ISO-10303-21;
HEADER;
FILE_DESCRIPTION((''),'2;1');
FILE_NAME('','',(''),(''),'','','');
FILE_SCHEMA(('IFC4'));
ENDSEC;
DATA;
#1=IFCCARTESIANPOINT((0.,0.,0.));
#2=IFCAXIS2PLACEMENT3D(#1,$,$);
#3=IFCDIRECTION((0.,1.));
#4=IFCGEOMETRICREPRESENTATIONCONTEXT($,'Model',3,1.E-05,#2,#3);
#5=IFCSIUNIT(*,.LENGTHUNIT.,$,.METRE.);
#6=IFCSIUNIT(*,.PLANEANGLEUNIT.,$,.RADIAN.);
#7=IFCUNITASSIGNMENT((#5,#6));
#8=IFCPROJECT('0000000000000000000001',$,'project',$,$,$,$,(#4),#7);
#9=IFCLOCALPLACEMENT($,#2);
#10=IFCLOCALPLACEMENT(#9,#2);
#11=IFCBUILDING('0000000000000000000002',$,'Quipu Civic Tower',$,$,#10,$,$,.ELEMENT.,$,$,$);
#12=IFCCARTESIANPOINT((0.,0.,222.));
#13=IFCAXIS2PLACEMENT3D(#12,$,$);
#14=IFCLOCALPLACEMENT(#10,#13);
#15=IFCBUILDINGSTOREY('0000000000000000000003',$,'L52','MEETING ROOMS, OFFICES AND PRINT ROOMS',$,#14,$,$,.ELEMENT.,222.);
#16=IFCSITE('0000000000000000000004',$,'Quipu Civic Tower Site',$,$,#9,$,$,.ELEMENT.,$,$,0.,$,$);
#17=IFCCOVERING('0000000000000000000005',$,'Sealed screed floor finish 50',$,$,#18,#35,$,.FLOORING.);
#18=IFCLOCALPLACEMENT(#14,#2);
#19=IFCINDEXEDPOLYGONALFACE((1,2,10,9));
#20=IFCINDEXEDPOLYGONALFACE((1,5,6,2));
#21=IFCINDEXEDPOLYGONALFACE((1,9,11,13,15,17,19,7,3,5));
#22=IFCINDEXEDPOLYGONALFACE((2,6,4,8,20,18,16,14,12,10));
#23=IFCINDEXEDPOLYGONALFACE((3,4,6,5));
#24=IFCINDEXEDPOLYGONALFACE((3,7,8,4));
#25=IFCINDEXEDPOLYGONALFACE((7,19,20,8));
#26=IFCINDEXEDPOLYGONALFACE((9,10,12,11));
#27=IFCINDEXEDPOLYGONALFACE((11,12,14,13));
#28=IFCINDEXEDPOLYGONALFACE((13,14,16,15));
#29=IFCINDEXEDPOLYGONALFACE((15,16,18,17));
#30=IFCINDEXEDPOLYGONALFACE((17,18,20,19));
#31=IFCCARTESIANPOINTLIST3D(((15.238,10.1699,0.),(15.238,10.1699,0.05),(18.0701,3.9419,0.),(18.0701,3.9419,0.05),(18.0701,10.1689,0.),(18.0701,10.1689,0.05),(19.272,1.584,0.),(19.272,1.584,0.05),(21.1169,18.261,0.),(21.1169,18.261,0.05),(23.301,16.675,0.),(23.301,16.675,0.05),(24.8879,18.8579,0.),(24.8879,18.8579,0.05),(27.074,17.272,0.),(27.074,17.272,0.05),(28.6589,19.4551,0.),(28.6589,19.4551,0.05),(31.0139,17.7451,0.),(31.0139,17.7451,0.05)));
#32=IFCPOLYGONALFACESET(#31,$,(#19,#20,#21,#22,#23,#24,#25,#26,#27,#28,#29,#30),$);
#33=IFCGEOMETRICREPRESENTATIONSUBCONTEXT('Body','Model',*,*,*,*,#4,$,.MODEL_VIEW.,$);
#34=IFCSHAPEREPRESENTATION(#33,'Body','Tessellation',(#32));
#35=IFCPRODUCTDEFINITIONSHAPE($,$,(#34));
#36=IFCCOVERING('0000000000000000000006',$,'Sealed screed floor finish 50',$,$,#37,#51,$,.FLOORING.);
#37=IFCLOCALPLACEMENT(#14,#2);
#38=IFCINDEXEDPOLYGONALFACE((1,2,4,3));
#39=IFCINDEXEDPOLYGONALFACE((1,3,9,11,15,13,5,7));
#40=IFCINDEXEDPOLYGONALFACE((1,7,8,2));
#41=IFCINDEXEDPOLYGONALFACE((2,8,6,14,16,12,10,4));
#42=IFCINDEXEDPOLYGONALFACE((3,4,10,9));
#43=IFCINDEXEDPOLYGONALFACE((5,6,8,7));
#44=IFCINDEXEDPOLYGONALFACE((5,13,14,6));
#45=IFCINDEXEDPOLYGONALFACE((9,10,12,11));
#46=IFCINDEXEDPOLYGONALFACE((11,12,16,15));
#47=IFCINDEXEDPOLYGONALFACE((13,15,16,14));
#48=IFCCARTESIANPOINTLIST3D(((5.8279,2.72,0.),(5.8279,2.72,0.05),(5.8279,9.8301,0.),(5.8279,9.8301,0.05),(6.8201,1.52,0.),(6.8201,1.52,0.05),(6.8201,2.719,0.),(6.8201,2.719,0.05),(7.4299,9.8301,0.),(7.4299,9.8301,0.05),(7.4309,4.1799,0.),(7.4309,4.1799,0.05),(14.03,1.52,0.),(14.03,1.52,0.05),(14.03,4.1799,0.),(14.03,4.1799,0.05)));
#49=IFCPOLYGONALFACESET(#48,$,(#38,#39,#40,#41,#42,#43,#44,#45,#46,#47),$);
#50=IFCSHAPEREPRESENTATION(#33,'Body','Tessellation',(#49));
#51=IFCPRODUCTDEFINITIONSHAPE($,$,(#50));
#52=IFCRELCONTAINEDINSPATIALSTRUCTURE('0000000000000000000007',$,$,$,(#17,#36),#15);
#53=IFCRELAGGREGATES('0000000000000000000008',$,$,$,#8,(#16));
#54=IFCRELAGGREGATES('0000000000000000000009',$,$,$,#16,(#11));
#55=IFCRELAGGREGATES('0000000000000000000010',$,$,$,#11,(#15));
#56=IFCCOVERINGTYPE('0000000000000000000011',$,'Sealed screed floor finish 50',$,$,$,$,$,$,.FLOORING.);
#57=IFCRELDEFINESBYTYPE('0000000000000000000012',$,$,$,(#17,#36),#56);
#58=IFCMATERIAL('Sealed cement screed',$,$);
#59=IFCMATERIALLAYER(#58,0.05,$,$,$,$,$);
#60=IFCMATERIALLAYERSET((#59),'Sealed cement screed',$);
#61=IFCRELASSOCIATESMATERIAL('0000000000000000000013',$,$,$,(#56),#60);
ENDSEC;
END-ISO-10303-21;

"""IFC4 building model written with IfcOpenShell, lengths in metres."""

from ifc_helpers import new_model, si_unit, direction, frame, origin, place, context, subcontext, project, spatial, polyline, outline, extrude, material, layer, layer_set, type_object, element, save


model = new_model("IFC4")

# Units and contexts
model_context = context("Model", 3, precision=1e-05, world=origin(), true_north=direction((0.0, 1.0)))
body_context = subcontext(model_context, "Body", "Model", "MODEL_VIEW")
ifc_project = project(units=[si_unit("LENGTHUNIT", "METRE"), si_unit("PLANEANGLEUNIT", "RADIAN")], contexts=[model_context])

# Site, building, storey
site_placement = place(None, origin())
site = spatial("IfcSite", under=ifc_project, at=site_placement, Name="Quipu Civic Tower Site", CompositionType="ELEMENT", RefElevation=0.0)
building_placement = place(site_placement, origin())
building = spatial("IfcBuilding", under=site, at=building_placement, Name="Quipu Civic Tower", CompositionType="ELEMENT")
storey_placement = place(building_placement, frame((0.0, 0.0, 222.0)))
storey = spatial("IfcBuildingStorey", under=building, at=storey_placement, Name="L52", Description="MEETING ROOMS, OFFICES AND PRINT ROOMS", CompositionType="ELEMENT", Elevation=222.0)

# Coverings
ifc_material_1 = material(Name="Sealed cement screed")
ifc_layer_1 = layer(ifc_material_1, 0.05)
ifc_layer_set_1 = layer_set([ifc_layer_1], Name="Sealed cement screed")
covering_type_1 = type_object("IfcCoveringType", Name="Sealed screed floor finish 50", PredefinedType="FLOORING", material=ifc_layer_set_1)
covering_1_placement = place(storey_placement, origin())
element("IfcCovering", 1, at=covering_1_placement, inside=storey, type_object=covering_type_1, Name="Sealed screed floor finish 50", PredefinedType="FLOORING", context=body_context, shape_type="SweptSolid", body=[
    extrude(outline(polyline([(15.238, 10.1699), (21.1169, 18.261), (23.301, 16.675), (24.8879, 18.8579), (27.074, 17.272), (28.6589, 19.4551), (31.0139, 17.7451), (19.272, 1.584), (18.0701, 3.9419), (18.0701, 10.1689), (15.238, 10.1699)])), origin(), (0.0, 0.0, 1.0), 0.05),
])
covering_2_placement = place(storey_placement, origin())
element("IfcCovering", 2, at=covering_2_placement, inside=storey, type_object=covering_type_1, Name="Sealed screed floor finish 50", PredefinedType="FLOORING", context=body_context, shape_type="SweptSolid", body=[
    extrude(outline(polyline([(5.8279, 2.72), (5.8279, 9.8301), (7.4299, 9.8301), (7.4309, 4.1799), (14.03, 4.1799), (14.03, 1.52), (6.8201, 1.52), (6.8201, 2.719), (5.8279, 2.72)])), origin(), (0.0, 0.0, 1.0), 0.05),
])

save(model, "model.ifc")
